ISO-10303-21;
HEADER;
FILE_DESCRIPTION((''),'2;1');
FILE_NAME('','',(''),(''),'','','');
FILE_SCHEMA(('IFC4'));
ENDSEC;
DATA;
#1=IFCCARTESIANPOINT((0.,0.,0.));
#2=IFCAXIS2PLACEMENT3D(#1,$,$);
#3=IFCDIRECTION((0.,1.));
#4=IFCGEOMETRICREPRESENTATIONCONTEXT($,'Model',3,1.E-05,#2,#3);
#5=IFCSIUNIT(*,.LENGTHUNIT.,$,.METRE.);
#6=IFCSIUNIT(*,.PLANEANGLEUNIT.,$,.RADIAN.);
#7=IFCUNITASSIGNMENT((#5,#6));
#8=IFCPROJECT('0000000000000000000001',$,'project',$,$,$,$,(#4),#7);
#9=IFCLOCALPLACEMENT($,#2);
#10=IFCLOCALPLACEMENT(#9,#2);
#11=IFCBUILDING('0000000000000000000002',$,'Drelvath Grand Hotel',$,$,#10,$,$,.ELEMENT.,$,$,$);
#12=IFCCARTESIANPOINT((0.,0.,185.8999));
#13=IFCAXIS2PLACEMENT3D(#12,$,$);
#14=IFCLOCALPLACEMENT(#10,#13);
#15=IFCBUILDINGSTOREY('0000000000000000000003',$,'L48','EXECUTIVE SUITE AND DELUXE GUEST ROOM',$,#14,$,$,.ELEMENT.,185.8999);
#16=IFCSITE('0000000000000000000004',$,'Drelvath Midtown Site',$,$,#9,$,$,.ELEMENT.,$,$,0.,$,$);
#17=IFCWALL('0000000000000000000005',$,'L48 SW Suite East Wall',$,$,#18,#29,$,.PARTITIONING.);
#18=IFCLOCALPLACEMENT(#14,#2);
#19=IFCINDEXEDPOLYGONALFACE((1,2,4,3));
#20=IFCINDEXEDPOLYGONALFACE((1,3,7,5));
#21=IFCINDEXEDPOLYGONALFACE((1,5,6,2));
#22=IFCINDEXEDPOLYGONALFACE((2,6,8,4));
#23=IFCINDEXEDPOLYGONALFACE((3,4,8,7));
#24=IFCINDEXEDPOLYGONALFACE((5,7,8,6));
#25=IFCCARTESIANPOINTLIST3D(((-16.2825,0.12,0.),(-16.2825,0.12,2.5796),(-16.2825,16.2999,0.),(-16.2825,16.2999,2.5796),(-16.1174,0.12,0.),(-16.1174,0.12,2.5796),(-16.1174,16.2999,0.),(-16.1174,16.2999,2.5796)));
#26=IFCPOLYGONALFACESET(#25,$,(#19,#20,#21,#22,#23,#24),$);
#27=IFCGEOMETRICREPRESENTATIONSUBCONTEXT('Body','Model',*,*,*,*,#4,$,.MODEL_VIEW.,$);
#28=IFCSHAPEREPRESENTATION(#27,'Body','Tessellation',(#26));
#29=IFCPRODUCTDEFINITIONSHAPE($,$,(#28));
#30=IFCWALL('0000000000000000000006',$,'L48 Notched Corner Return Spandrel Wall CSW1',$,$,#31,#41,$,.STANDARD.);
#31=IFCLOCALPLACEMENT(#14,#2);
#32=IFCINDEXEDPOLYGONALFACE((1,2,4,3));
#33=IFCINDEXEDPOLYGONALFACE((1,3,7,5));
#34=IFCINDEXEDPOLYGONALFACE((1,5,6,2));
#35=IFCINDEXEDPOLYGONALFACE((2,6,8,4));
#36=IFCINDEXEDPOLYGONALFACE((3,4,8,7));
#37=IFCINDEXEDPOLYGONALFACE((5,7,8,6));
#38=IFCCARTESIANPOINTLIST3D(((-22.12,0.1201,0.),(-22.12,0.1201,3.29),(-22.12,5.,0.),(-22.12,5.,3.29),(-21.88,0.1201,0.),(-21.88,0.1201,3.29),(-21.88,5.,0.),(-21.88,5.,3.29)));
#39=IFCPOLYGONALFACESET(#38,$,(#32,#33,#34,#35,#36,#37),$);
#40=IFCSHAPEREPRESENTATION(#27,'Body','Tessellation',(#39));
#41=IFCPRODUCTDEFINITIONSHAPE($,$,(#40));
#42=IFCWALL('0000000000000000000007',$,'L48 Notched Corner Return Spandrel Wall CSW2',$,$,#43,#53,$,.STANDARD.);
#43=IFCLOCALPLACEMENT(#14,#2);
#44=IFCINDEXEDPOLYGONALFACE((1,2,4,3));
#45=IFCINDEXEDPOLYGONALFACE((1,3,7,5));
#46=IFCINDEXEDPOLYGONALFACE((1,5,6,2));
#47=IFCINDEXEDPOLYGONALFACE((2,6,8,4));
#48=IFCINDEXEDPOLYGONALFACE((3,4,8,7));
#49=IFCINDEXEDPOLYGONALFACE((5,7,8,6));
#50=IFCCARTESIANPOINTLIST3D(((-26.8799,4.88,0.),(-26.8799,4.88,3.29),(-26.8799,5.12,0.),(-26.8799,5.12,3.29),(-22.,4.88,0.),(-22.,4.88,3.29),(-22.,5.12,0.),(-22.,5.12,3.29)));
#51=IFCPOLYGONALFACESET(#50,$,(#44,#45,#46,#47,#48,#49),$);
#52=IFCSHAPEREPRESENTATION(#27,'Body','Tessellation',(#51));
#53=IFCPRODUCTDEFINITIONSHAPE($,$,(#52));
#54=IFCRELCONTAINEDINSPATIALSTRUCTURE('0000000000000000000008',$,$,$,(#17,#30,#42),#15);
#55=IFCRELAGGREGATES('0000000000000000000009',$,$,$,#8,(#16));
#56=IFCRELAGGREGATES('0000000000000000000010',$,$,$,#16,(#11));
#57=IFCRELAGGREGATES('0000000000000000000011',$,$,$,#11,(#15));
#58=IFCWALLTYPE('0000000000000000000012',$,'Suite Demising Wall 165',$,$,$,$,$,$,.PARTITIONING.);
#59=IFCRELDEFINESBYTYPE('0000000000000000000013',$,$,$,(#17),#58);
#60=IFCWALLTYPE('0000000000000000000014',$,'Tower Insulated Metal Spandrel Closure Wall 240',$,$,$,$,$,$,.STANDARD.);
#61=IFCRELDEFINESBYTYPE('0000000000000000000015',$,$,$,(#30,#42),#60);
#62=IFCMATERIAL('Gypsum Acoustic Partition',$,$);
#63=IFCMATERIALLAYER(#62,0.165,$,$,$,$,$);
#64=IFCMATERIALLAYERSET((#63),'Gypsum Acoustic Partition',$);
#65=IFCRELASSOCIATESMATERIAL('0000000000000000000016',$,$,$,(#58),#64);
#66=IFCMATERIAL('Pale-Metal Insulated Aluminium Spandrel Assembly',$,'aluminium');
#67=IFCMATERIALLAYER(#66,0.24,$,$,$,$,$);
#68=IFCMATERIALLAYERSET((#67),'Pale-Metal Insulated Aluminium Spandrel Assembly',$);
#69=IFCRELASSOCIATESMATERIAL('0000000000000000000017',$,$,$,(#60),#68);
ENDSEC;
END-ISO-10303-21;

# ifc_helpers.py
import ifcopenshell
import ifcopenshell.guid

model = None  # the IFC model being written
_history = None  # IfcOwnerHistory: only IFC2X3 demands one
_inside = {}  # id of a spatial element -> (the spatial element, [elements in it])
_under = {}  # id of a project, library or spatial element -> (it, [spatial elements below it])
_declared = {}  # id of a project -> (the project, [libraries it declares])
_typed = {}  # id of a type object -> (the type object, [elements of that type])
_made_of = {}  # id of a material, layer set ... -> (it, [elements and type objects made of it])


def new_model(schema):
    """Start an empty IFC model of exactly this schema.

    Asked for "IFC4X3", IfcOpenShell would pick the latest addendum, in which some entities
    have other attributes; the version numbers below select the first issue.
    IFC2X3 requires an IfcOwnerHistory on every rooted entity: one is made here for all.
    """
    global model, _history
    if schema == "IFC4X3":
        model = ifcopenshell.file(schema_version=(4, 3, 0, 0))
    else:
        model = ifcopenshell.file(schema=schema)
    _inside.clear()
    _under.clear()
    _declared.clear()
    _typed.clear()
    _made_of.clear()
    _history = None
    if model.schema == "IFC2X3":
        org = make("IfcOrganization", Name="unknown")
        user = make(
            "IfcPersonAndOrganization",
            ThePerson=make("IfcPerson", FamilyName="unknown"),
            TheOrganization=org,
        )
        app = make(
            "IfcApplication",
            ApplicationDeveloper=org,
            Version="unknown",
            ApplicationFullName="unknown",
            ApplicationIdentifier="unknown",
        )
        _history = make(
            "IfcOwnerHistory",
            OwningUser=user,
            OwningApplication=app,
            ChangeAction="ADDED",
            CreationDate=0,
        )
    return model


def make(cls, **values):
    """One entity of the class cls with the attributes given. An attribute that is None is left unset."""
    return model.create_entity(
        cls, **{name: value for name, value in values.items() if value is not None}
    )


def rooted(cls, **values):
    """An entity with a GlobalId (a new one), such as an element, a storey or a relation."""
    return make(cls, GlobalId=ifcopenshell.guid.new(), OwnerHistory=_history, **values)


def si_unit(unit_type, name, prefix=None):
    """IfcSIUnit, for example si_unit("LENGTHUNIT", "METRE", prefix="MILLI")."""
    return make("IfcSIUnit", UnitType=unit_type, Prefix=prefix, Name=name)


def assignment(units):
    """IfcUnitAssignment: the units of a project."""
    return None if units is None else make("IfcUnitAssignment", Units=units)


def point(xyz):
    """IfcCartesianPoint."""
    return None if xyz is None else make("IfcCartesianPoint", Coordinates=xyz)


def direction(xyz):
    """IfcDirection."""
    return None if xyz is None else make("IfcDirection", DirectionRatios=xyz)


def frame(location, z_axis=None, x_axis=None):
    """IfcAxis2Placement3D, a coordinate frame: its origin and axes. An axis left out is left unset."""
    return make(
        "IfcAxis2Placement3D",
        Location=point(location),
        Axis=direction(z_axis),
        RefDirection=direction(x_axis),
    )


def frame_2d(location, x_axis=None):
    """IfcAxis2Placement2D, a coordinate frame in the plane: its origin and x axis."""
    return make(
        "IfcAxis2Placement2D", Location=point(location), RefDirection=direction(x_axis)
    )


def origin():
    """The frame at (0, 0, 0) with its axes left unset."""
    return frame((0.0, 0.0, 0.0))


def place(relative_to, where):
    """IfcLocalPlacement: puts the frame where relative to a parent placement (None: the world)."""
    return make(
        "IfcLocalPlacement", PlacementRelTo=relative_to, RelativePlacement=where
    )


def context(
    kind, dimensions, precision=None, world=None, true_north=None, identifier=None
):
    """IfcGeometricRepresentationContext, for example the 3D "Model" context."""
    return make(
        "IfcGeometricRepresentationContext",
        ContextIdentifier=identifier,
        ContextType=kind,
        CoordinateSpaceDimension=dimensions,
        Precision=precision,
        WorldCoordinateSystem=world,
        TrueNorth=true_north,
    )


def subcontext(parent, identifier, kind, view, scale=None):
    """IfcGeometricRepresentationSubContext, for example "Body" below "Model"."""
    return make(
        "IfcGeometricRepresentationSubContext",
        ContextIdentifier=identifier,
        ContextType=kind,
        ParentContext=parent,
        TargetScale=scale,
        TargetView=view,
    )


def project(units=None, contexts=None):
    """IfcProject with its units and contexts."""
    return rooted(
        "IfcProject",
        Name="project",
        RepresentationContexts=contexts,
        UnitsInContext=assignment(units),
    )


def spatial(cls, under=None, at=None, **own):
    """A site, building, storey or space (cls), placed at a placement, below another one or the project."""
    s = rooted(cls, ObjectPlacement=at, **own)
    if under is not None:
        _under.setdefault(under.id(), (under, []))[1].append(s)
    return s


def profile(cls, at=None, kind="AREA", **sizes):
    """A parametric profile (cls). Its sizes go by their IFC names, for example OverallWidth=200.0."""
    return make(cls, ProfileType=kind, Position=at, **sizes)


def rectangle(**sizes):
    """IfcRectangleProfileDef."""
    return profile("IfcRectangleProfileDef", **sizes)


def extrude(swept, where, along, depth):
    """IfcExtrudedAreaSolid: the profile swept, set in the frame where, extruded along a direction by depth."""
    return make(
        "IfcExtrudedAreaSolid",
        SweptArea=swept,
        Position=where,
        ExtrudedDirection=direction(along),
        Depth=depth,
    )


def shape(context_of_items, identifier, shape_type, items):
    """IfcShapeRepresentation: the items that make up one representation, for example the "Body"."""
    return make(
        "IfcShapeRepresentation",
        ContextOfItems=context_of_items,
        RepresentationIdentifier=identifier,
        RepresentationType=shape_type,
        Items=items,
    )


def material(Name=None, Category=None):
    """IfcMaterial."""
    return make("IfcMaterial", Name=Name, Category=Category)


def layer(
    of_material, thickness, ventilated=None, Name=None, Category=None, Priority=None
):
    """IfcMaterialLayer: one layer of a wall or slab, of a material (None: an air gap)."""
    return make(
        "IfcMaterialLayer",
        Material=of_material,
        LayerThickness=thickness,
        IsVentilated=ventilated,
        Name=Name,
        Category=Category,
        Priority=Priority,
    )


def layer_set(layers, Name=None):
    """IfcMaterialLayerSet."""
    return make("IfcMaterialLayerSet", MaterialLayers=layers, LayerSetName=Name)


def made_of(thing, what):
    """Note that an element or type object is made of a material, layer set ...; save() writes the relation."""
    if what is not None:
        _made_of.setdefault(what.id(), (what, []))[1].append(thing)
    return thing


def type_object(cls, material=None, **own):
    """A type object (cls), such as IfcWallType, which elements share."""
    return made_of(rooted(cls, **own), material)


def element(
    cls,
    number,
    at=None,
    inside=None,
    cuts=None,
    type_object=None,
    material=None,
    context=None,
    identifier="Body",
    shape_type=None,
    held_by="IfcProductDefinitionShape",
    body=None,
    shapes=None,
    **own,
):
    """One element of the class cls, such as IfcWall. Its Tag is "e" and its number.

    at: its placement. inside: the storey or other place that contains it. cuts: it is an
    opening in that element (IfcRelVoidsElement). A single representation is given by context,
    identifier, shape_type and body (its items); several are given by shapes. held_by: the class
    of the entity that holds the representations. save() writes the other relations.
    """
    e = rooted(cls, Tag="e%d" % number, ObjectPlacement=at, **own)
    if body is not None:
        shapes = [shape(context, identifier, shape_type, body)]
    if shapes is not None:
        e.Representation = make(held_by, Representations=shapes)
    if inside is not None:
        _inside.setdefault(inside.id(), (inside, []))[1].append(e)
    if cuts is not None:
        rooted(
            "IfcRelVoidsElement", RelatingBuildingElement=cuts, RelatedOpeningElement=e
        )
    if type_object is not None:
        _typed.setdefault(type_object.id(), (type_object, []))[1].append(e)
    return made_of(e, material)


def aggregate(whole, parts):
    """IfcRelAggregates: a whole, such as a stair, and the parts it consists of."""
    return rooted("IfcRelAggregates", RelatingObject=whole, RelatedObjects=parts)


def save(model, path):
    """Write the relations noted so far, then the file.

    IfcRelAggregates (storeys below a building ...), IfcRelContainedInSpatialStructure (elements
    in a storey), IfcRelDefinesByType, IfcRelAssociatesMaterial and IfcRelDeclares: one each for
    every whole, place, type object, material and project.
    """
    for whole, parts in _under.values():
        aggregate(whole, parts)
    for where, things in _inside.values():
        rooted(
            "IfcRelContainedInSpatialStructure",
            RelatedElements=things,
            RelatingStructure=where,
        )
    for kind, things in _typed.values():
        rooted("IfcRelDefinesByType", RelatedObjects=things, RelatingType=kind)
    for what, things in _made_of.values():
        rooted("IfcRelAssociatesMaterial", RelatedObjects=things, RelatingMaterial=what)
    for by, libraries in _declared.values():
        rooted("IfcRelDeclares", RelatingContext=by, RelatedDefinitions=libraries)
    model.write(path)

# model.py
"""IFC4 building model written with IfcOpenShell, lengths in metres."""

from ifc_helpers import new_model, si_unit, direction, frame, frame_2d, origin, place, context, subcontext, project, spatial, rectangle, extrude, material, layer, layer_set, type_object, element, save


model = new_model("IFC4")

# Units and contexts
model_context = context("Model", 3, precision=1e-05, world=origin(), true_north=direction((0.0, 1.0)))
body_context = subcontext(model_context, "Body", "Model", "MODEL_VIEW")
ifc_project = project(units=[si_unit("LENGTHUNIT", "METRE"), si_unit("PLANEANGLEUNIT", "RADIAN")], contexts=[model_context])

# Site, building, storey
site_placement = place(None, origin())
site = spatial("IfcSite", under=ifc_project, at=site_placement, Name="Drelvath Midtown Site", CompositionType="ELEMENT", RefElevation=0.0)
building_placement = place(site_placement, origin())
building = spatial("IfcBuilding", under=site, at=building_placement, Name="Drelvath Grand Hotel", CompositionType="ELEMENT")
storey_placement = place(building_placement, frame((0.0, 0.0, 185.8999)))
storey = spatial("IfcBuildingStorey", under=building, at=storey_placement, Name="L48", Description="EXECUTIVE SUITE AND DELUXE GUEST ROOM", CompositionType="ELEMENT", Elevation=185.8999)

# Walls
ifc_material_1 = material(Name="Gypsum Acoustic Partition")
ifc_layer_1 = layer(ifc_material_1, 0.165)
ifc_layer_set_1 = layer_set([ifc_layer_1], Name="Gypsum Acoustic Partition")
wall_type_1 = type_object("IfcWallType", Name="Suite Demising Wall 165", PredefinedType="PARTITIONING", material=ifc_layer_set_1)
wall_placement = place(storey_placement, frame((-16.2, 0.1201, 0.0), z_axis=(0.0, 0.0, 1.0), x_axis=(0.0, 1.0, 0.0)))
element("IfcWall", 1, at=wall_placement, inside=storey, type_object=wall_type_1, Name="L48 SW Suite East Wall", PredefinedType="PARTITIONING", context=body_context, shape_type="SweptSolid", body=[
    extrude(rectangle(XDim=16.1799, YDim=0.165, at=frame_2d((8.0898, 0.0))), origin(), (0.0, 0.0, 1.0), 2.5796),
])
ifc_material_2 = material(Name="Pale-Metal Insulated Aluminium Spandrel Assembly", Category="aluminium")
ifc_layer_2 = layer(ifc_material_2, 0.24)
ifc_layer_set_2 = layer_set([ifc_layer_2], Name="Pale-Metal Insulated Aluminium Spandrel Assembly")
wall_type_2 = type_object("IfcWallType", Name="Tower Insulated Metal Spandrel Closure Wall 240", PredefinedType="STANDARD", material=ifc_layer_set_2)
for number, where, z_axis, x_axis, name in (
    (2, (-22.0, 0.1201, 0.0), (0.0, 0.0, 1.0), (0.0, 1.0, 0.0), "L48 Notched Corner Return Spandrel Wall CSW1"),
    (3, (-22.0, 5.0, 0.0), (0.0, 0.0, 1.0), (-1.0, 0.0, 0.0), "L48 Notched Corner Return Spandrel Wall CSW2"),
):
    element("IfcWall", number, at=place(storey_placement, frame(where, z_axis=z_axis, x_axis=x_axis)), inside=storey, type_object=wall_type_2, Name=name, PredefinedType="STANDARD", context=body_context, shape_type="SweptSolid", body=[
        extrude(rectangle(XDim=4.8799, YDim=0.24, at=frame_2d((2.4399, 0.0))), origin(), (0.0, 0.0, 1.0), 3.29),
    ])

save(model, "model.ifc")
